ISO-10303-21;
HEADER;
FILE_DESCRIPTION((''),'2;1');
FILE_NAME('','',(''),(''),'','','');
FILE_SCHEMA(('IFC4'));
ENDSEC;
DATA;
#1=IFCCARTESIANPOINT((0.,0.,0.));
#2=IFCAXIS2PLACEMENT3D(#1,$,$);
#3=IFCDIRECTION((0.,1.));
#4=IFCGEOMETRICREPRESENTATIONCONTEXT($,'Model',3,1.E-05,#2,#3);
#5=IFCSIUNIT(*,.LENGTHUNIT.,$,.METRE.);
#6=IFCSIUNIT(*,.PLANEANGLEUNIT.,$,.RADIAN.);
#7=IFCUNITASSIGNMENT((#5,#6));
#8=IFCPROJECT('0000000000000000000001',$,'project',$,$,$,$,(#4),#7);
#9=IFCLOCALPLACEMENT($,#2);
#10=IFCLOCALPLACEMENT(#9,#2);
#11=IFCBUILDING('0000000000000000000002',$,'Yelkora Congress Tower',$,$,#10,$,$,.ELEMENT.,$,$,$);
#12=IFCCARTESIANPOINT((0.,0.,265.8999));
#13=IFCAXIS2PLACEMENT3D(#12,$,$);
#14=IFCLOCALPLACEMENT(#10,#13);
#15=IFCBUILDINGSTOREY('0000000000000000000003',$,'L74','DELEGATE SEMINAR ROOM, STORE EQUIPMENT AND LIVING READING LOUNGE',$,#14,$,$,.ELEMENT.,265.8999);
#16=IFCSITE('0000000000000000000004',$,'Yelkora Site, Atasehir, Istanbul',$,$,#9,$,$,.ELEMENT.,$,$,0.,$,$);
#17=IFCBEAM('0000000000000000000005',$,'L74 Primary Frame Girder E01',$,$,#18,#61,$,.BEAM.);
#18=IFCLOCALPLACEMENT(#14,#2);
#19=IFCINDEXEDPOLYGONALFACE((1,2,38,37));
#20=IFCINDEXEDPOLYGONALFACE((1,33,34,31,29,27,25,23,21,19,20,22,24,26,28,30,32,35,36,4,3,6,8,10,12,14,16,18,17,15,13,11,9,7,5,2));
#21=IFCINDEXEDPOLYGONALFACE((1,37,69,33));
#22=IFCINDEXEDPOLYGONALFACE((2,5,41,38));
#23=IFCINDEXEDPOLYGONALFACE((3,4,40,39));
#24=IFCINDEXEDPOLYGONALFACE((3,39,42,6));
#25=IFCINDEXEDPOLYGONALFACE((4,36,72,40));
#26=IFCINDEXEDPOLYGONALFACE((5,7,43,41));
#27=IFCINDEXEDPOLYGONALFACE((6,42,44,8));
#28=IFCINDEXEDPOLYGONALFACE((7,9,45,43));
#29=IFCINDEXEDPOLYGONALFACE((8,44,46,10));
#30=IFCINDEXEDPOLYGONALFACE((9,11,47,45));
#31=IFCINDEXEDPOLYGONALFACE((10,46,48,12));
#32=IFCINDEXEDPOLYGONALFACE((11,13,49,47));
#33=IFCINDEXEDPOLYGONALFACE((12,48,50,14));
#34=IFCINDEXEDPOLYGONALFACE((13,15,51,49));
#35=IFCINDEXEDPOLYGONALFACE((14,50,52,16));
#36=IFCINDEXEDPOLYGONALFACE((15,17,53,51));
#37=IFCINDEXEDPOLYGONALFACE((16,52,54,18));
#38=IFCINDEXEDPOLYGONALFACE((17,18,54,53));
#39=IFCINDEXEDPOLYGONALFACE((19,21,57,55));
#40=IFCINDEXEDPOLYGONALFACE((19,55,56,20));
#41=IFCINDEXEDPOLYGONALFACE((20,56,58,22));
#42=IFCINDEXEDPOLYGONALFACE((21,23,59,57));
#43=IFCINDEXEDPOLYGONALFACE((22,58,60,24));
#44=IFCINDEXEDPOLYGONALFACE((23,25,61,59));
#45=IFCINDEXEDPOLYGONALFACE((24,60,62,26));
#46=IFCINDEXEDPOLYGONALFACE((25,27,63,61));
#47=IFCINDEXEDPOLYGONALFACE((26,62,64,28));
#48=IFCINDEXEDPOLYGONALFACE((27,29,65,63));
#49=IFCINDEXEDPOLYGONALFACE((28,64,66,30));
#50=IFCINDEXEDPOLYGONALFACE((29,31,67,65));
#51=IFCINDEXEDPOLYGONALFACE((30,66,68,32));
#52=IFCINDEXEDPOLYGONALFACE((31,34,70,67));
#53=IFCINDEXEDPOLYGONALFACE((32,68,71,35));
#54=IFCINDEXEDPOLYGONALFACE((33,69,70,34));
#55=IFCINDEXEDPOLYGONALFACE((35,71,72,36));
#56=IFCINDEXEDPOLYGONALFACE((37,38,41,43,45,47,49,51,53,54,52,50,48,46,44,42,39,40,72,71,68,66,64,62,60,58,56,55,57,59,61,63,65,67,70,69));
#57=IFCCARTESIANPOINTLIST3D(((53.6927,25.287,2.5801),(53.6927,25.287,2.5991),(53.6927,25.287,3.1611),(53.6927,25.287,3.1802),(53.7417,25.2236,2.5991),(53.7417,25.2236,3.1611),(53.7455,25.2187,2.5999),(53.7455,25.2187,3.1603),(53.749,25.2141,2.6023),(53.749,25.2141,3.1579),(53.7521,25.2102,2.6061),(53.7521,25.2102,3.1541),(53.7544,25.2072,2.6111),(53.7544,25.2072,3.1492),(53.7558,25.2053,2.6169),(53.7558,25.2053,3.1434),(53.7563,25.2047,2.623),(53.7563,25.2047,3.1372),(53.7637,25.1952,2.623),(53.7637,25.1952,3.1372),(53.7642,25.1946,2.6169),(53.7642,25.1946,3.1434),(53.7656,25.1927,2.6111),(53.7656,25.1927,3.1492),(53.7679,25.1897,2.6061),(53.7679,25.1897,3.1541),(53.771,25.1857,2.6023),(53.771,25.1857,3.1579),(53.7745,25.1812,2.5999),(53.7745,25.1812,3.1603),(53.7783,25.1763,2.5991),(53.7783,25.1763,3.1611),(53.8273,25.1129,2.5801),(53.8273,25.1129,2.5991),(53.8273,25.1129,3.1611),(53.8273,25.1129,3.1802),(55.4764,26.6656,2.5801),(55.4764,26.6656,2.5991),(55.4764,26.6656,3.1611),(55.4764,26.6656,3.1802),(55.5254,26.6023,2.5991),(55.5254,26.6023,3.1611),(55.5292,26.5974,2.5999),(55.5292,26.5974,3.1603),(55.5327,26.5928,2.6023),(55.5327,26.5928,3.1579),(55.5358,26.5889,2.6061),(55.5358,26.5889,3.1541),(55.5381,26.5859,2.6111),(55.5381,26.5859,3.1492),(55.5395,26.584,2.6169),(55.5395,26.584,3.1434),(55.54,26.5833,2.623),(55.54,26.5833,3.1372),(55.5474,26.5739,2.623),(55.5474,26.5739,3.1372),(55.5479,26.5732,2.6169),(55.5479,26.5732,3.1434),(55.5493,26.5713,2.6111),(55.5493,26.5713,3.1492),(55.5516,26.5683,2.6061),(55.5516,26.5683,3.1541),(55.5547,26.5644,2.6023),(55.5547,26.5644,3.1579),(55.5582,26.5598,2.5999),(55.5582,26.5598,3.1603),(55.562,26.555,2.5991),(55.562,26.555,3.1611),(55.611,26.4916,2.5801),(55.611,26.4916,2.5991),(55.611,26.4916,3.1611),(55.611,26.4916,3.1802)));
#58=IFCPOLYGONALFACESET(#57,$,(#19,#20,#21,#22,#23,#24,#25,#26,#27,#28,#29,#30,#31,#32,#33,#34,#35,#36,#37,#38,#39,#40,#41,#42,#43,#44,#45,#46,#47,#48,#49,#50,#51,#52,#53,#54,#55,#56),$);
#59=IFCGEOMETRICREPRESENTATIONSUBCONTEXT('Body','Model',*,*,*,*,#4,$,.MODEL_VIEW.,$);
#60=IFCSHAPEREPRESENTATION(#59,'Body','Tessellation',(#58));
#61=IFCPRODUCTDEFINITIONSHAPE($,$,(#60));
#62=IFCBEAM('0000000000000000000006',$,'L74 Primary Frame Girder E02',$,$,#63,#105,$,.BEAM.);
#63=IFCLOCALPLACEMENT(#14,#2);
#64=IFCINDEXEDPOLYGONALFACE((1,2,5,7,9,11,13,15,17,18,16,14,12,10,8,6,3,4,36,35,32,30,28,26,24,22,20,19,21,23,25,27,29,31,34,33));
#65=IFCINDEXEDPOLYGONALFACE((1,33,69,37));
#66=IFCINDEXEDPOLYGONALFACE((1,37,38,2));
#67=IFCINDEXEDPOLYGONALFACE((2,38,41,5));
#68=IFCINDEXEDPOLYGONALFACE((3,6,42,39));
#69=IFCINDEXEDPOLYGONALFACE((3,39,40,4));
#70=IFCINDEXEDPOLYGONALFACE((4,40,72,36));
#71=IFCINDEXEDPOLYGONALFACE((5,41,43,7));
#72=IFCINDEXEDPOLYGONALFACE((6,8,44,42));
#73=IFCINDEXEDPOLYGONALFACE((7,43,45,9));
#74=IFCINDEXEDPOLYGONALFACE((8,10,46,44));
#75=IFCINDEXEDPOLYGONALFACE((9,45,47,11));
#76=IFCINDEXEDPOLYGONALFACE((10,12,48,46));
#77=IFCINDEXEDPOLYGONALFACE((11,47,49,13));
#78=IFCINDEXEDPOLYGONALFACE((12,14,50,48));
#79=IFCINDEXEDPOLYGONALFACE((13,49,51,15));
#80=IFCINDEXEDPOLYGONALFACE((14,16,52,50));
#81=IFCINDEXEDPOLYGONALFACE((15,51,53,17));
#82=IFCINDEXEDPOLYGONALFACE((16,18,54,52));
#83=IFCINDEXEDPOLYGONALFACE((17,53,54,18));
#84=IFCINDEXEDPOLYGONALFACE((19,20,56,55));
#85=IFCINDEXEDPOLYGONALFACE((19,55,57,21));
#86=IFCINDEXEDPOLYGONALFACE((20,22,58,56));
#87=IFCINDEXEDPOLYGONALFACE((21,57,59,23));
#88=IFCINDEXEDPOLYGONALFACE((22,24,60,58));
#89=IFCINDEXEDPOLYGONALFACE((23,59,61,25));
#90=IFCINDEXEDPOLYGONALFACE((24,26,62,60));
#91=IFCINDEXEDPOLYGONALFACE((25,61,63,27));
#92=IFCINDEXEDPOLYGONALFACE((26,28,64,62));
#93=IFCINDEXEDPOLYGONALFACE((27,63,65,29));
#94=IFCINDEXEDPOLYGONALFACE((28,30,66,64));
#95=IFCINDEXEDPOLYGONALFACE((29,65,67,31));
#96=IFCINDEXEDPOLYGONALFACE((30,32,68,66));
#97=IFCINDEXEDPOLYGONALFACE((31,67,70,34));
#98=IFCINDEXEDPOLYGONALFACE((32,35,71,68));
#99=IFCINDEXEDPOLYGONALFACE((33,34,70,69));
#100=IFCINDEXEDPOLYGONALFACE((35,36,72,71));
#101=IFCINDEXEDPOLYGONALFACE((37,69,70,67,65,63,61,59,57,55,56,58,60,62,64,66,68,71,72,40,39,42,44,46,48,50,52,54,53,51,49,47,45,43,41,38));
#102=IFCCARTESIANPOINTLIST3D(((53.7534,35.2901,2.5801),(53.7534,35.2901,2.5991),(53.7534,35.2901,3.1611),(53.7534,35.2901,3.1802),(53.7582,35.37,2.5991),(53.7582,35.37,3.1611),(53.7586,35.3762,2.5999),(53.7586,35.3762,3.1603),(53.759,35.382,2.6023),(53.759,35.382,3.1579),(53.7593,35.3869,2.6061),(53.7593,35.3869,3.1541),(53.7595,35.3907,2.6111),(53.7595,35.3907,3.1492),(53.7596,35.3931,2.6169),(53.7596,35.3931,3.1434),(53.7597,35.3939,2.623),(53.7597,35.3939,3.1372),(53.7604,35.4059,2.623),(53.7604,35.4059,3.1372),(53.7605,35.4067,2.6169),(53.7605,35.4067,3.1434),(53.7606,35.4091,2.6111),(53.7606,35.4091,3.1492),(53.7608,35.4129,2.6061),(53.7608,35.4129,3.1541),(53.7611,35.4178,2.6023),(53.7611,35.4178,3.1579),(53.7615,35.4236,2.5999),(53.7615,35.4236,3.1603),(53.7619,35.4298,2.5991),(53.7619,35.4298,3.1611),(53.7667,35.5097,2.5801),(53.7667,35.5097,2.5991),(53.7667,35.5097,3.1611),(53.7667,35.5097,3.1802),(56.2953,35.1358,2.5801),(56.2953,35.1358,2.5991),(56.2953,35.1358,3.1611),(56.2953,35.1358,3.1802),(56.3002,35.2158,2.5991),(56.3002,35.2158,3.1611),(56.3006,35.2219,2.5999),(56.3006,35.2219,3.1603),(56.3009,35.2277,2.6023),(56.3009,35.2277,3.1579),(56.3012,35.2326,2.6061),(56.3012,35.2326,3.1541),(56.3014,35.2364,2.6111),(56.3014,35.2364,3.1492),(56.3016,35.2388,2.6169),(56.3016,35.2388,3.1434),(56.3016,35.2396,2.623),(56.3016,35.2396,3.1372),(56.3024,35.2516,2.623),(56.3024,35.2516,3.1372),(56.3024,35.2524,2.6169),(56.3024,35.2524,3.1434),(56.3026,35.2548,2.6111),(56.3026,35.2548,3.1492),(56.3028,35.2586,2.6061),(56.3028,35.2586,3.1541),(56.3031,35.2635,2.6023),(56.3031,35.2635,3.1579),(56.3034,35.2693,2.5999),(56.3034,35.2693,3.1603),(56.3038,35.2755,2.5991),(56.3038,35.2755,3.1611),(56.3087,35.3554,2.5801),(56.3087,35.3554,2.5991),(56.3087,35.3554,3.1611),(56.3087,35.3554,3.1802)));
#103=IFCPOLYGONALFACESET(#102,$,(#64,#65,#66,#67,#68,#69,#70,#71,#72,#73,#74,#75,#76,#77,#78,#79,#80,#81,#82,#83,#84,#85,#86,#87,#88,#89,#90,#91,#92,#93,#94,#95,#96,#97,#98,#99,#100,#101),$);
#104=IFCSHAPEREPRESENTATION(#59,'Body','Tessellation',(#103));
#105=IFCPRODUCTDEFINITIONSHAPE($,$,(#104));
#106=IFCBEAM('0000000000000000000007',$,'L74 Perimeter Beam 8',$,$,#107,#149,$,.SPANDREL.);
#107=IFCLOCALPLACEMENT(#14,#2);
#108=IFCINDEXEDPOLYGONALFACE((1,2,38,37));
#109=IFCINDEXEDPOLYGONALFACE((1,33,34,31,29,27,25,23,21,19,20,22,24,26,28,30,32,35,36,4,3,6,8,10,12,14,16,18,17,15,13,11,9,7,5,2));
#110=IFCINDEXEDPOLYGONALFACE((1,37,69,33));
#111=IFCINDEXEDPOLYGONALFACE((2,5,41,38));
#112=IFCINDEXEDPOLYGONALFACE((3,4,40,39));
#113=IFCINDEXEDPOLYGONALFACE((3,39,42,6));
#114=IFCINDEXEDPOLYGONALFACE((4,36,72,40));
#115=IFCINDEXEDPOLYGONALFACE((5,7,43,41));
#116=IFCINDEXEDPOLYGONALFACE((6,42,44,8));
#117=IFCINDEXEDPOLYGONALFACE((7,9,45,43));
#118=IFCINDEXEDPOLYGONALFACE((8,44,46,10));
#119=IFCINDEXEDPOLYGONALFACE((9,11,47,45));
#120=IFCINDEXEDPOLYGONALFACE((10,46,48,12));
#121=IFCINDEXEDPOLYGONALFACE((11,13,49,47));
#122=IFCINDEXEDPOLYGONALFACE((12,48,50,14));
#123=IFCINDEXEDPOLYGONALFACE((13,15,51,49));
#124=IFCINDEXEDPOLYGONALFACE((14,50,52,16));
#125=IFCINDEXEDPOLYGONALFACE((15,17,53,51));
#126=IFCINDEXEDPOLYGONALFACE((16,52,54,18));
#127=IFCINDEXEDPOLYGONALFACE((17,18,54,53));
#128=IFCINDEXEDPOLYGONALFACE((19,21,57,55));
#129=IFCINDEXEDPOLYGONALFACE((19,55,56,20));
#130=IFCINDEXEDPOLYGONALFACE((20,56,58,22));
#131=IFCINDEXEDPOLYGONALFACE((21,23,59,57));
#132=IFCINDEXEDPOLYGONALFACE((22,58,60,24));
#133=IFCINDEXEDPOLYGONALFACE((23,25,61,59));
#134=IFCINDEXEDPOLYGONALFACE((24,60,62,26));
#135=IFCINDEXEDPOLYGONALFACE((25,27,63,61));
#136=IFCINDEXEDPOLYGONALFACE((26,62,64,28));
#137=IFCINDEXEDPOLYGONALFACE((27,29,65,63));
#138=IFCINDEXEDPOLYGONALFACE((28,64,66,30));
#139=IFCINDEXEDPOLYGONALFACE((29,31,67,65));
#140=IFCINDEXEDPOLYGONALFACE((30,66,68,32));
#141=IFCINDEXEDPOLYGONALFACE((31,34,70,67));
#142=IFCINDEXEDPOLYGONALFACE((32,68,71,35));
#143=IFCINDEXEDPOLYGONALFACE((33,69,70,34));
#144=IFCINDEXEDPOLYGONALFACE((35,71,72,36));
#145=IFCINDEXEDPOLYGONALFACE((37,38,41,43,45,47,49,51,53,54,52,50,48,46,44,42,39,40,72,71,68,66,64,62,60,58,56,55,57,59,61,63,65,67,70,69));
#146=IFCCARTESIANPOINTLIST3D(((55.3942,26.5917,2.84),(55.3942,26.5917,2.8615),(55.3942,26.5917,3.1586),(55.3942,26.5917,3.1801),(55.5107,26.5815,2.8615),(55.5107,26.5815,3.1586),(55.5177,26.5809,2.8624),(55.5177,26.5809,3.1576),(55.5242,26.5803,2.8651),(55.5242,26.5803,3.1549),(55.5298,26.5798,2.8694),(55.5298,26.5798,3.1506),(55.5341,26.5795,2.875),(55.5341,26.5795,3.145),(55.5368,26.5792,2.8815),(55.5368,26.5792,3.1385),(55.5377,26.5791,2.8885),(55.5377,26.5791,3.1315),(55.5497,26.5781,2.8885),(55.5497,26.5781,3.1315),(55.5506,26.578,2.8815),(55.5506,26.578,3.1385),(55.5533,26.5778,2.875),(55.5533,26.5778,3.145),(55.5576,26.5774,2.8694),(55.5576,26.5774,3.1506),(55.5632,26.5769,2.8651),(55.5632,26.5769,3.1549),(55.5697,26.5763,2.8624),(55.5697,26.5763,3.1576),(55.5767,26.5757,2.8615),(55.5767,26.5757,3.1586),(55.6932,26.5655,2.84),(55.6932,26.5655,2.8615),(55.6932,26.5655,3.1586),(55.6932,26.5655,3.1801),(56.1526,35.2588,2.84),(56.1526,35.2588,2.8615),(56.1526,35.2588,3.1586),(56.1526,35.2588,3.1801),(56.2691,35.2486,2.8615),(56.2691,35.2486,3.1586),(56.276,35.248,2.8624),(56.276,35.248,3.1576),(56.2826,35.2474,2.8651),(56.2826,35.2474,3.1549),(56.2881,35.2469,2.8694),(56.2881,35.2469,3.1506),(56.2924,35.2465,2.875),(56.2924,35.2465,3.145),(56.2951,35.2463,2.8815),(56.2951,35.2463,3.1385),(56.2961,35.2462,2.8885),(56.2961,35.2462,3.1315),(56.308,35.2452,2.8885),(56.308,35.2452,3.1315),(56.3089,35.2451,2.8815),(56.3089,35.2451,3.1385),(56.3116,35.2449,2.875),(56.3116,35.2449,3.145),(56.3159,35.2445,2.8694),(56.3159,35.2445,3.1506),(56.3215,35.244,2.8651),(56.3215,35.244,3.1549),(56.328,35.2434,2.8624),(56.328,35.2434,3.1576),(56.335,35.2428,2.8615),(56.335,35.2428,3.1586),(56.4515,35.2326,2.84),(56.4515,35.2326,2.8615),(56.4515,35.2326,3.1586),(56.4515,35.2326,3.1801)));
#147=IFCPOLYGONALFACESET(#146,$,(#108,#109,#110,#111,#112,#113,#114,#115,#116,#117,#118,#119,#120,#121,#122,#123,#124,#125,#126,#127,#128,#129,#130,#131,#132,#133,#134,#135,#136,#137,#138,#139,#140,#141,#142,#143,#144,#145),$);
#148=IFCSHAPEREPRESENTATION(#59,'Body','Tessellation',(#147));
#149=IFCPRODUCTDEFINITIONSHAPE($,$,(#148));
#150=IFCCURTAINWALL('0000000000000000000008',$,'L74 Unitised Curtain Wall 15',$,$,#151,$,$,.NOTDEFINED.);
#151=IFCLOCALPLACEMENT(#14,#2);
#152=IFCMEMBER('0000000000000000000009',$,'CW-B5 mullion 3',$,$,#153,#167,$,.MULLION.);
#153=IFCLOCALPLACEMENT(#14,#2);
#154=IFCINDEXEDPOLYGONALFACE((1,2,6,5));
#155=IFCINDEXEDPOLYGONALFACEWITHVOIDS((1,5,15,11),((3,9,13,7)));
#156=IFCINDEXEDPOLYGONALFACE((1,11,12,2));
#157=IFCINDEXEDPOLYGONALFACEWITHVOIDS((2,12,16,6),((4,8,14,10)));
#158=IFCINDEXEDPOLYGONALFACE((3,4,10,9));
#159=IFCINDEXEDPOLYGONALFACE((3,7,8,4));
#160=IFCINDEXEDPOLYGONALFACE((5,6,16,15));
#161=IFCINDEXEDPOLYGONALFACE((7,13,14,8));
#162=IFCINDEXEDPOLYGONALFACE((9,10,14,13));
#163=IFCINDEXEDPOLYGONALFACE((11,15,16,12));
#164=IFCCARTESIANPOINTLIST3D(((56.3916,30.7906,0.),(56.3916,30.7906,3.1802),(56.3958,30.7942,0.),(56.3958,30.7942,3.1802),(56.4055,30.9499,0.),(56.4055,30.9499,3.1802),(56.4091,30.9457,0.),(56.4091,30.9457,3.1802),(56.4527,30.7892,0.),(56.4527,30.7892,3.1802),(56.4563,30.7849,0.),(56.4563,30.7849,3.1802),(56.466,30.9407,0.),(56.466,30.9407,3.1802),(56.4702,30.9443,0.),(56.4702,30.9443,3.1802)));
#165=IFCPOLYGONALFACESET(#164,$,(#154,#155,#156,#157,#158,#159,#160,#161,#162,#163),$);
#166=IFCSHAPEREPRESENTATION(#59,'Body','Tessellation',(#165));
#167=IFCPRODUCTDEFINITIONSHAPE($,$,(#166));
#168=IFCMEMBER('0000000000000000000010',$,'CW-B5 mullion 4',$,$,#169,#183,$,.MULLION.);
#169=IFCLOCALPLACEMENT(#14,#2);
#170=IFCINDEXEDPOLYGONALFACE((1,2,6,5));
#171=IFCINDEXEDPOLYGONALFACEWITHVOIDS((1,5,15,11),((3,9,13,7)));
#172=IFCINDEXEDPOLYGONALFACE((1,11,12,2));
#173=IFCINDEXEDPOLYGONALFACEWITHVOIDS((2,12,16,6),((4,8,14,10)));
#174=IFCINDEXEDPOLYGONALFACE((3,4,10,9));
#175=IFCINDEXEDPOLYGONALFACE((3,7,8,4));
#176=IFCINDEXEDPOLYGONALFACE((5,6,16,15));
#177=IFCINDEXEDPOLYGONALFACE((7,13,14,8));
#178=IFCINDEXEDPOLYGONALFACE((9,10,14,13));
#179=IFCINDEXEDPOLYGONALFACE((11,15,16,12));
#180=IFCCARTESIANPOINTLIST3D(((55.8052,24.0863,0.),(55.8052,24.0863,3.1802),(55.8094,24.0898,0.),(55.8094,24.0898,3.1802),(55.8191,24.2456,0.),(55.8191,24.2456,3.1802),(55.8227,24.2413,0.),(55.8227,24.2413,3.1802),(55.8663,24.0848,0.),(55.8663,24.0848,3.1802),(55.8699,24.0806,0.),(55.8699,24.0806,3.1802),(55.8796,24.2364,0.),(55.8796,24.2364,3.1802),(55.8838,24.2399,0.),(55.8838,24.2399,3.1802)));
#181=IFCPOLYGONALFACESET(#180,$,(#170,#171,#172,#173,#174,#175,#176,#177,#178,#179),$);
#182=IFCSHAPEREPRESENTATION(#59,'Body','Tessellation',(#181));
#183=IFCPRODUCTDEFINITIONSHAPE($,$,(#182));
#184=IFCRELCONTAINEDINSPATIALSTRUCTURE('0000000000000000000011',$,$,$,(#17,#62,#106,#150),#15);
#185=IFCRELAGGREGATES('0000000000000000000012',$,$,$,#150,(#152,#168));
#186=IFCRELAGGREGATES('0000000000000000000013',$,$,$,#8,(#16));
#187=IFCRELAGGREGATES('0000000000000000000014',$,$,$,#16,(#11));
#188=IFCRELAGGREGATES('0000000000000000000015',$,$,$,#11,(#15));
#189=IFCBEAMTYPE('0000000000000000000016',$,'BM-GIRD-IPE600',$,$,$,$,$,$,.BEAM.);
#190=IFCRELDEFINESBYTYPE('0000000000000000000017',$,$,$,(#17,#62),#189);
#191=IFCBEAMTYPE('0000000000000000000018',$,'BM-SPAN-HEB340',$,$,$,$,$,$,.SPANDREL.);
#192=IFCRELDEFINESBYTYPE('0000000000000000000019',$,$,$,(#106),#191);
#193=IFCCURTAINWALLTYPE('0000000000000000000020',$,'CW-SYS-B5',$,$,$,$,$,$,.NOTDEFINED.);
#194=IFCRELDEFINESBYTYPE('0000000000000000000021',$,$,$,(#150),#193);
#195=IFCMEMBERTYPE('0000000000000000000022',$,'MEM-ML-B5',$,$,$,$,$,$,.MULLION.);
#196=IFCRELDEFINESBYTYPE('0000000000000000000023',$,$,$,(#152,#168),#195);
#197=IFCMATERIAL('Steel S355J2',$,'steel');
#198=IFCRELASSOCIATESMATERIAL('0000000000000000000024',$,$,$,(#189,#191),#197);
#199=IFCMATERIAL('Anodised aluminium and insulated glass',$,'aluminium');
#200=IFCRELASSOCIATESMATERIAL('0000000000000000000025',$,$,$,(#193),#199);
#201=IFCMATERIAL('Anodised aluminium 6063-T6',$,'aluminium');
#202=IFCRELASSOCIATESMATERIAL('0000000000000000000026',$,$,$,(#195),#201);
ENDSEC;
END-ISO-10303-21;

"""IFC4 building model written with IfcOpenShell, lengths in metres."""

from ifc_helpers import new_model, si_unit, direction, frame, origin, origin_2d, place, context, subcontext, project, spatial, hollow_rectangle, i_section, extrude, material, material_profile, profile_set, type_object, element, aggregate, save


model = new_model("IFC4")

# Units and contexts
model_context = context("Model", 3, precision=1e-05, world=origin(), true_north=direction((0.0, 1.0)))
body_context = subcontext(model_context, "Body", "Model", "MODEL_VIEW")
ifc_project = project(units=[si_unit("LENGTHUNIT", "METRE"), si_unit("PLANEANGLEUNIT", "RADIAN")], contexts=[model_context])

# Site, building, storey
site_placement = place(None, origin())
site = spatial("IfcSite", under=ifc_project, at=site_placement, Name="Yelkora Site, Atasehir, Istanbul", CompositionType="ELEMENT", RefElevation=0.0)
building_placement = place(site_placement, origin())
building = spatial("IfcBuilding", under=site, at=building_placement, Name="Yelkora Congress Tower", CompositionType="ELEMENT")
storey_placement = place(building_placement, frame((0.0, 0.0, 265.8999)))
storey = spatial("IfcBuildingStorey", under=building, at=storey_placement, Name="L74", Description="DELEGATE SEMINAR ROOM, STORE EQUIPMENT AND LIVING READING LOUNGE", CompositionType="ELEMENT", Elevation=265.8999)

# Shared definitions
ifc_material_1 = material(Name="Steel S355J2", Category="steel")

# Beams
ifc_material_profile_1 = material_profile(ifc_material_1, i_section(OverallWidth=0.22, OverallDepth=0.6001, WebThickness=0.012, FlangeThickness=0.019, FilletRadius=0.0239, at=origin_2d()), Name="IPE 600")
ifc_profile_set_1 = profile_set([ifc_material_profile_1], Name="Steel S355J2")
beam_type_1 = type_object("IfcBeamType", Name="BM-GIRD-IPE600", PredefinedType="BEAM", material=ifc_profile_set_1)
beam_1_placement = place(storey_placement, frame((55.5437, 26.5786, 2.8801), z_axis=(-0.791209, -0.611546, 0.0), x_axis=(0.611546, -0.791209, 0.0)))
element("IfcBeam", 1, at=beam_1_placement, inside=storey, type_object=beam_type_1, Name="L74 Primary Frame Girder E01", PredefinedType="BEAM", context=body_context, shape_type="SweptSolid", body=[
    extrude(i_section(OverallWidth=0.22, OverallDepth=0.6001, WebThickness=0.012, FlangeThickness=0.019, FilletRadius=0.0239, at=origin_2d()), origin(), (0.0, 0.0, 1.0), 2.2544),
])
beam_2_placement = place(storey_placement, frame((56.302, 35.2456, 2.8801), z_axis=(-0.998163, 0.060588, 0.0), x_axis=(-0.060588, -0.998163, 0.0)))
element("IfcBeam", 2, at=beam_2_placement, inside=storey, type_object=beam_type_1, Name="L74 Primary Frame Girder E02", PredefinedType="BEAM", context=body_context, shape_type="SweptSolid", body=[
    extrude(i_section(OverallWidth=0.22, OverallDepth=0.6001, WebThickness=0.012, FlangeThickness=0.019, FilletRadius=0.0239, at=origin_2d()), origin(), (0.0, 0.0, 1.0), 2.5466),
])
ifc_material_profile_2 = material_profile(ifc_material_1, i_section(OverallWidth=0.3, OverallDepth=0.3401, WebThickness=0.012, FlangeThickness=0.0215, FilletRadius=0.0271, at=origin_2d()), Name="HEB 340")
ifc_profile_set_2 = profile_set([ifc_material_profile_2], Name="Steel S355J2")
beam_type_2 = type_object("IfcBeamType", Name="BM-SPAN-HEB340", PredefinedType="SPANDREL", material=ifc_profile_set_2)
beam_3_placement = place(storey_placement, frame((55.5437, 26.5786, 3.01), z_axis=(0.08716, 0.996194, 0.0), x_axis=(-0.996194, 0.08716, 0.0)))
element("IfcBeam", 3, at=beam_3_placement, inside=storey, type_object=beam_type_2, Name="L74 Perimeter Beam 8", PredefinedType="SPANDREL", context=body_context, shape_type="SweptSolid", body=[
    extrude(i_section(OverallWidth=0.3, OverallDepth=0.3401, WebThickness=0.012, FlangeThickness=0.0215, FilletRadius=0.0271, at=origin_2d()), origin(), (0.0, 0.0, 1.0), 8.7002),
])

# Curtain wall, members
ifc_material_2 = material(Name="Anodised aluminium and insulated glass", Category="aluminium")
curtain_wall_type = type_object("IfcCurtainWallType", Name="CW-SYS-B5", PredefinedType="NOTDEFINED", material=ifc_material_2)
curtain_wall_placement = place(storey_placement, origin())
curtain_wall = element("IfcCurtainWall", 4, at=curtain_wall_placement, inside=storey, type_object=curtain_wall_type, Name="L74 Unitised Curtain Wall 15", PredefinedType="NOTDEFINED")
ifc_material_3 = material(Name="Anodised aluminium 6063-T6", Category="aluminium")
ifc_material_profile_3 = material_profile(ifc_material_3, hollow_rectangle(XDim=0.0649, YDim=0.1599, WallThickness=0.0039, at=origin_2d()), Name="ALU 65x160x4")
ifc_profile_set_3 = profile_set([ifc_material_profile_3], Name="Anodised aluminium 6063-T6")
member_type_1 = type_object("IfcMemberType", Name="MEM-ML-B5", PredefinedType="MULLION", material=ifc_profile_set_3)
member_1_placement = place(storey_placement, frame((56.4309, 30.8674, 0.0), z_axis=(0.0, 0.0, 1.0), x_axis=(0.996194, -0.087158, 0.0)))
member_1 = element("IfcMember", 5, at=member_1_placement, type_object=member_type_1, Name="CW-B5 mullion 3", PredefinedType="MULLION", context=body_context, shape_type="SweptSolid", body=[
    extrude(hollow_rectangle(XDim=0.0649, YDim=0.1599, WallThickness=0.0039, at=origin_2d()), origin(), (0.0, 0.0, 1.0), 3.1802),
])
member_2_placement = place(storey_placement, frame((55.8445, 24.1631, 0.0), z_axis=(0.0, 0.0, 1.0), x_axis=(0.996194, -0.087158, 0.0)))
member_2 = element("IfcMember", 6, at=member_2_placement, type_object=member_type_1, Name="CW-B5 mullion 4", PredefinedType="MULLION", context=body_context, shape_type="SweptSolid", body=[
    extrude(hollow_rectangle(XDim=0.0649, YDim=0.1599, WallThickness=0.0039, at=origin_2d()), origin(), (0.0, 0.0, 1.0), 3.1802),
])
aggregate(curtain_wall, [member_1, member_2])

save(model, "model.ifc")
